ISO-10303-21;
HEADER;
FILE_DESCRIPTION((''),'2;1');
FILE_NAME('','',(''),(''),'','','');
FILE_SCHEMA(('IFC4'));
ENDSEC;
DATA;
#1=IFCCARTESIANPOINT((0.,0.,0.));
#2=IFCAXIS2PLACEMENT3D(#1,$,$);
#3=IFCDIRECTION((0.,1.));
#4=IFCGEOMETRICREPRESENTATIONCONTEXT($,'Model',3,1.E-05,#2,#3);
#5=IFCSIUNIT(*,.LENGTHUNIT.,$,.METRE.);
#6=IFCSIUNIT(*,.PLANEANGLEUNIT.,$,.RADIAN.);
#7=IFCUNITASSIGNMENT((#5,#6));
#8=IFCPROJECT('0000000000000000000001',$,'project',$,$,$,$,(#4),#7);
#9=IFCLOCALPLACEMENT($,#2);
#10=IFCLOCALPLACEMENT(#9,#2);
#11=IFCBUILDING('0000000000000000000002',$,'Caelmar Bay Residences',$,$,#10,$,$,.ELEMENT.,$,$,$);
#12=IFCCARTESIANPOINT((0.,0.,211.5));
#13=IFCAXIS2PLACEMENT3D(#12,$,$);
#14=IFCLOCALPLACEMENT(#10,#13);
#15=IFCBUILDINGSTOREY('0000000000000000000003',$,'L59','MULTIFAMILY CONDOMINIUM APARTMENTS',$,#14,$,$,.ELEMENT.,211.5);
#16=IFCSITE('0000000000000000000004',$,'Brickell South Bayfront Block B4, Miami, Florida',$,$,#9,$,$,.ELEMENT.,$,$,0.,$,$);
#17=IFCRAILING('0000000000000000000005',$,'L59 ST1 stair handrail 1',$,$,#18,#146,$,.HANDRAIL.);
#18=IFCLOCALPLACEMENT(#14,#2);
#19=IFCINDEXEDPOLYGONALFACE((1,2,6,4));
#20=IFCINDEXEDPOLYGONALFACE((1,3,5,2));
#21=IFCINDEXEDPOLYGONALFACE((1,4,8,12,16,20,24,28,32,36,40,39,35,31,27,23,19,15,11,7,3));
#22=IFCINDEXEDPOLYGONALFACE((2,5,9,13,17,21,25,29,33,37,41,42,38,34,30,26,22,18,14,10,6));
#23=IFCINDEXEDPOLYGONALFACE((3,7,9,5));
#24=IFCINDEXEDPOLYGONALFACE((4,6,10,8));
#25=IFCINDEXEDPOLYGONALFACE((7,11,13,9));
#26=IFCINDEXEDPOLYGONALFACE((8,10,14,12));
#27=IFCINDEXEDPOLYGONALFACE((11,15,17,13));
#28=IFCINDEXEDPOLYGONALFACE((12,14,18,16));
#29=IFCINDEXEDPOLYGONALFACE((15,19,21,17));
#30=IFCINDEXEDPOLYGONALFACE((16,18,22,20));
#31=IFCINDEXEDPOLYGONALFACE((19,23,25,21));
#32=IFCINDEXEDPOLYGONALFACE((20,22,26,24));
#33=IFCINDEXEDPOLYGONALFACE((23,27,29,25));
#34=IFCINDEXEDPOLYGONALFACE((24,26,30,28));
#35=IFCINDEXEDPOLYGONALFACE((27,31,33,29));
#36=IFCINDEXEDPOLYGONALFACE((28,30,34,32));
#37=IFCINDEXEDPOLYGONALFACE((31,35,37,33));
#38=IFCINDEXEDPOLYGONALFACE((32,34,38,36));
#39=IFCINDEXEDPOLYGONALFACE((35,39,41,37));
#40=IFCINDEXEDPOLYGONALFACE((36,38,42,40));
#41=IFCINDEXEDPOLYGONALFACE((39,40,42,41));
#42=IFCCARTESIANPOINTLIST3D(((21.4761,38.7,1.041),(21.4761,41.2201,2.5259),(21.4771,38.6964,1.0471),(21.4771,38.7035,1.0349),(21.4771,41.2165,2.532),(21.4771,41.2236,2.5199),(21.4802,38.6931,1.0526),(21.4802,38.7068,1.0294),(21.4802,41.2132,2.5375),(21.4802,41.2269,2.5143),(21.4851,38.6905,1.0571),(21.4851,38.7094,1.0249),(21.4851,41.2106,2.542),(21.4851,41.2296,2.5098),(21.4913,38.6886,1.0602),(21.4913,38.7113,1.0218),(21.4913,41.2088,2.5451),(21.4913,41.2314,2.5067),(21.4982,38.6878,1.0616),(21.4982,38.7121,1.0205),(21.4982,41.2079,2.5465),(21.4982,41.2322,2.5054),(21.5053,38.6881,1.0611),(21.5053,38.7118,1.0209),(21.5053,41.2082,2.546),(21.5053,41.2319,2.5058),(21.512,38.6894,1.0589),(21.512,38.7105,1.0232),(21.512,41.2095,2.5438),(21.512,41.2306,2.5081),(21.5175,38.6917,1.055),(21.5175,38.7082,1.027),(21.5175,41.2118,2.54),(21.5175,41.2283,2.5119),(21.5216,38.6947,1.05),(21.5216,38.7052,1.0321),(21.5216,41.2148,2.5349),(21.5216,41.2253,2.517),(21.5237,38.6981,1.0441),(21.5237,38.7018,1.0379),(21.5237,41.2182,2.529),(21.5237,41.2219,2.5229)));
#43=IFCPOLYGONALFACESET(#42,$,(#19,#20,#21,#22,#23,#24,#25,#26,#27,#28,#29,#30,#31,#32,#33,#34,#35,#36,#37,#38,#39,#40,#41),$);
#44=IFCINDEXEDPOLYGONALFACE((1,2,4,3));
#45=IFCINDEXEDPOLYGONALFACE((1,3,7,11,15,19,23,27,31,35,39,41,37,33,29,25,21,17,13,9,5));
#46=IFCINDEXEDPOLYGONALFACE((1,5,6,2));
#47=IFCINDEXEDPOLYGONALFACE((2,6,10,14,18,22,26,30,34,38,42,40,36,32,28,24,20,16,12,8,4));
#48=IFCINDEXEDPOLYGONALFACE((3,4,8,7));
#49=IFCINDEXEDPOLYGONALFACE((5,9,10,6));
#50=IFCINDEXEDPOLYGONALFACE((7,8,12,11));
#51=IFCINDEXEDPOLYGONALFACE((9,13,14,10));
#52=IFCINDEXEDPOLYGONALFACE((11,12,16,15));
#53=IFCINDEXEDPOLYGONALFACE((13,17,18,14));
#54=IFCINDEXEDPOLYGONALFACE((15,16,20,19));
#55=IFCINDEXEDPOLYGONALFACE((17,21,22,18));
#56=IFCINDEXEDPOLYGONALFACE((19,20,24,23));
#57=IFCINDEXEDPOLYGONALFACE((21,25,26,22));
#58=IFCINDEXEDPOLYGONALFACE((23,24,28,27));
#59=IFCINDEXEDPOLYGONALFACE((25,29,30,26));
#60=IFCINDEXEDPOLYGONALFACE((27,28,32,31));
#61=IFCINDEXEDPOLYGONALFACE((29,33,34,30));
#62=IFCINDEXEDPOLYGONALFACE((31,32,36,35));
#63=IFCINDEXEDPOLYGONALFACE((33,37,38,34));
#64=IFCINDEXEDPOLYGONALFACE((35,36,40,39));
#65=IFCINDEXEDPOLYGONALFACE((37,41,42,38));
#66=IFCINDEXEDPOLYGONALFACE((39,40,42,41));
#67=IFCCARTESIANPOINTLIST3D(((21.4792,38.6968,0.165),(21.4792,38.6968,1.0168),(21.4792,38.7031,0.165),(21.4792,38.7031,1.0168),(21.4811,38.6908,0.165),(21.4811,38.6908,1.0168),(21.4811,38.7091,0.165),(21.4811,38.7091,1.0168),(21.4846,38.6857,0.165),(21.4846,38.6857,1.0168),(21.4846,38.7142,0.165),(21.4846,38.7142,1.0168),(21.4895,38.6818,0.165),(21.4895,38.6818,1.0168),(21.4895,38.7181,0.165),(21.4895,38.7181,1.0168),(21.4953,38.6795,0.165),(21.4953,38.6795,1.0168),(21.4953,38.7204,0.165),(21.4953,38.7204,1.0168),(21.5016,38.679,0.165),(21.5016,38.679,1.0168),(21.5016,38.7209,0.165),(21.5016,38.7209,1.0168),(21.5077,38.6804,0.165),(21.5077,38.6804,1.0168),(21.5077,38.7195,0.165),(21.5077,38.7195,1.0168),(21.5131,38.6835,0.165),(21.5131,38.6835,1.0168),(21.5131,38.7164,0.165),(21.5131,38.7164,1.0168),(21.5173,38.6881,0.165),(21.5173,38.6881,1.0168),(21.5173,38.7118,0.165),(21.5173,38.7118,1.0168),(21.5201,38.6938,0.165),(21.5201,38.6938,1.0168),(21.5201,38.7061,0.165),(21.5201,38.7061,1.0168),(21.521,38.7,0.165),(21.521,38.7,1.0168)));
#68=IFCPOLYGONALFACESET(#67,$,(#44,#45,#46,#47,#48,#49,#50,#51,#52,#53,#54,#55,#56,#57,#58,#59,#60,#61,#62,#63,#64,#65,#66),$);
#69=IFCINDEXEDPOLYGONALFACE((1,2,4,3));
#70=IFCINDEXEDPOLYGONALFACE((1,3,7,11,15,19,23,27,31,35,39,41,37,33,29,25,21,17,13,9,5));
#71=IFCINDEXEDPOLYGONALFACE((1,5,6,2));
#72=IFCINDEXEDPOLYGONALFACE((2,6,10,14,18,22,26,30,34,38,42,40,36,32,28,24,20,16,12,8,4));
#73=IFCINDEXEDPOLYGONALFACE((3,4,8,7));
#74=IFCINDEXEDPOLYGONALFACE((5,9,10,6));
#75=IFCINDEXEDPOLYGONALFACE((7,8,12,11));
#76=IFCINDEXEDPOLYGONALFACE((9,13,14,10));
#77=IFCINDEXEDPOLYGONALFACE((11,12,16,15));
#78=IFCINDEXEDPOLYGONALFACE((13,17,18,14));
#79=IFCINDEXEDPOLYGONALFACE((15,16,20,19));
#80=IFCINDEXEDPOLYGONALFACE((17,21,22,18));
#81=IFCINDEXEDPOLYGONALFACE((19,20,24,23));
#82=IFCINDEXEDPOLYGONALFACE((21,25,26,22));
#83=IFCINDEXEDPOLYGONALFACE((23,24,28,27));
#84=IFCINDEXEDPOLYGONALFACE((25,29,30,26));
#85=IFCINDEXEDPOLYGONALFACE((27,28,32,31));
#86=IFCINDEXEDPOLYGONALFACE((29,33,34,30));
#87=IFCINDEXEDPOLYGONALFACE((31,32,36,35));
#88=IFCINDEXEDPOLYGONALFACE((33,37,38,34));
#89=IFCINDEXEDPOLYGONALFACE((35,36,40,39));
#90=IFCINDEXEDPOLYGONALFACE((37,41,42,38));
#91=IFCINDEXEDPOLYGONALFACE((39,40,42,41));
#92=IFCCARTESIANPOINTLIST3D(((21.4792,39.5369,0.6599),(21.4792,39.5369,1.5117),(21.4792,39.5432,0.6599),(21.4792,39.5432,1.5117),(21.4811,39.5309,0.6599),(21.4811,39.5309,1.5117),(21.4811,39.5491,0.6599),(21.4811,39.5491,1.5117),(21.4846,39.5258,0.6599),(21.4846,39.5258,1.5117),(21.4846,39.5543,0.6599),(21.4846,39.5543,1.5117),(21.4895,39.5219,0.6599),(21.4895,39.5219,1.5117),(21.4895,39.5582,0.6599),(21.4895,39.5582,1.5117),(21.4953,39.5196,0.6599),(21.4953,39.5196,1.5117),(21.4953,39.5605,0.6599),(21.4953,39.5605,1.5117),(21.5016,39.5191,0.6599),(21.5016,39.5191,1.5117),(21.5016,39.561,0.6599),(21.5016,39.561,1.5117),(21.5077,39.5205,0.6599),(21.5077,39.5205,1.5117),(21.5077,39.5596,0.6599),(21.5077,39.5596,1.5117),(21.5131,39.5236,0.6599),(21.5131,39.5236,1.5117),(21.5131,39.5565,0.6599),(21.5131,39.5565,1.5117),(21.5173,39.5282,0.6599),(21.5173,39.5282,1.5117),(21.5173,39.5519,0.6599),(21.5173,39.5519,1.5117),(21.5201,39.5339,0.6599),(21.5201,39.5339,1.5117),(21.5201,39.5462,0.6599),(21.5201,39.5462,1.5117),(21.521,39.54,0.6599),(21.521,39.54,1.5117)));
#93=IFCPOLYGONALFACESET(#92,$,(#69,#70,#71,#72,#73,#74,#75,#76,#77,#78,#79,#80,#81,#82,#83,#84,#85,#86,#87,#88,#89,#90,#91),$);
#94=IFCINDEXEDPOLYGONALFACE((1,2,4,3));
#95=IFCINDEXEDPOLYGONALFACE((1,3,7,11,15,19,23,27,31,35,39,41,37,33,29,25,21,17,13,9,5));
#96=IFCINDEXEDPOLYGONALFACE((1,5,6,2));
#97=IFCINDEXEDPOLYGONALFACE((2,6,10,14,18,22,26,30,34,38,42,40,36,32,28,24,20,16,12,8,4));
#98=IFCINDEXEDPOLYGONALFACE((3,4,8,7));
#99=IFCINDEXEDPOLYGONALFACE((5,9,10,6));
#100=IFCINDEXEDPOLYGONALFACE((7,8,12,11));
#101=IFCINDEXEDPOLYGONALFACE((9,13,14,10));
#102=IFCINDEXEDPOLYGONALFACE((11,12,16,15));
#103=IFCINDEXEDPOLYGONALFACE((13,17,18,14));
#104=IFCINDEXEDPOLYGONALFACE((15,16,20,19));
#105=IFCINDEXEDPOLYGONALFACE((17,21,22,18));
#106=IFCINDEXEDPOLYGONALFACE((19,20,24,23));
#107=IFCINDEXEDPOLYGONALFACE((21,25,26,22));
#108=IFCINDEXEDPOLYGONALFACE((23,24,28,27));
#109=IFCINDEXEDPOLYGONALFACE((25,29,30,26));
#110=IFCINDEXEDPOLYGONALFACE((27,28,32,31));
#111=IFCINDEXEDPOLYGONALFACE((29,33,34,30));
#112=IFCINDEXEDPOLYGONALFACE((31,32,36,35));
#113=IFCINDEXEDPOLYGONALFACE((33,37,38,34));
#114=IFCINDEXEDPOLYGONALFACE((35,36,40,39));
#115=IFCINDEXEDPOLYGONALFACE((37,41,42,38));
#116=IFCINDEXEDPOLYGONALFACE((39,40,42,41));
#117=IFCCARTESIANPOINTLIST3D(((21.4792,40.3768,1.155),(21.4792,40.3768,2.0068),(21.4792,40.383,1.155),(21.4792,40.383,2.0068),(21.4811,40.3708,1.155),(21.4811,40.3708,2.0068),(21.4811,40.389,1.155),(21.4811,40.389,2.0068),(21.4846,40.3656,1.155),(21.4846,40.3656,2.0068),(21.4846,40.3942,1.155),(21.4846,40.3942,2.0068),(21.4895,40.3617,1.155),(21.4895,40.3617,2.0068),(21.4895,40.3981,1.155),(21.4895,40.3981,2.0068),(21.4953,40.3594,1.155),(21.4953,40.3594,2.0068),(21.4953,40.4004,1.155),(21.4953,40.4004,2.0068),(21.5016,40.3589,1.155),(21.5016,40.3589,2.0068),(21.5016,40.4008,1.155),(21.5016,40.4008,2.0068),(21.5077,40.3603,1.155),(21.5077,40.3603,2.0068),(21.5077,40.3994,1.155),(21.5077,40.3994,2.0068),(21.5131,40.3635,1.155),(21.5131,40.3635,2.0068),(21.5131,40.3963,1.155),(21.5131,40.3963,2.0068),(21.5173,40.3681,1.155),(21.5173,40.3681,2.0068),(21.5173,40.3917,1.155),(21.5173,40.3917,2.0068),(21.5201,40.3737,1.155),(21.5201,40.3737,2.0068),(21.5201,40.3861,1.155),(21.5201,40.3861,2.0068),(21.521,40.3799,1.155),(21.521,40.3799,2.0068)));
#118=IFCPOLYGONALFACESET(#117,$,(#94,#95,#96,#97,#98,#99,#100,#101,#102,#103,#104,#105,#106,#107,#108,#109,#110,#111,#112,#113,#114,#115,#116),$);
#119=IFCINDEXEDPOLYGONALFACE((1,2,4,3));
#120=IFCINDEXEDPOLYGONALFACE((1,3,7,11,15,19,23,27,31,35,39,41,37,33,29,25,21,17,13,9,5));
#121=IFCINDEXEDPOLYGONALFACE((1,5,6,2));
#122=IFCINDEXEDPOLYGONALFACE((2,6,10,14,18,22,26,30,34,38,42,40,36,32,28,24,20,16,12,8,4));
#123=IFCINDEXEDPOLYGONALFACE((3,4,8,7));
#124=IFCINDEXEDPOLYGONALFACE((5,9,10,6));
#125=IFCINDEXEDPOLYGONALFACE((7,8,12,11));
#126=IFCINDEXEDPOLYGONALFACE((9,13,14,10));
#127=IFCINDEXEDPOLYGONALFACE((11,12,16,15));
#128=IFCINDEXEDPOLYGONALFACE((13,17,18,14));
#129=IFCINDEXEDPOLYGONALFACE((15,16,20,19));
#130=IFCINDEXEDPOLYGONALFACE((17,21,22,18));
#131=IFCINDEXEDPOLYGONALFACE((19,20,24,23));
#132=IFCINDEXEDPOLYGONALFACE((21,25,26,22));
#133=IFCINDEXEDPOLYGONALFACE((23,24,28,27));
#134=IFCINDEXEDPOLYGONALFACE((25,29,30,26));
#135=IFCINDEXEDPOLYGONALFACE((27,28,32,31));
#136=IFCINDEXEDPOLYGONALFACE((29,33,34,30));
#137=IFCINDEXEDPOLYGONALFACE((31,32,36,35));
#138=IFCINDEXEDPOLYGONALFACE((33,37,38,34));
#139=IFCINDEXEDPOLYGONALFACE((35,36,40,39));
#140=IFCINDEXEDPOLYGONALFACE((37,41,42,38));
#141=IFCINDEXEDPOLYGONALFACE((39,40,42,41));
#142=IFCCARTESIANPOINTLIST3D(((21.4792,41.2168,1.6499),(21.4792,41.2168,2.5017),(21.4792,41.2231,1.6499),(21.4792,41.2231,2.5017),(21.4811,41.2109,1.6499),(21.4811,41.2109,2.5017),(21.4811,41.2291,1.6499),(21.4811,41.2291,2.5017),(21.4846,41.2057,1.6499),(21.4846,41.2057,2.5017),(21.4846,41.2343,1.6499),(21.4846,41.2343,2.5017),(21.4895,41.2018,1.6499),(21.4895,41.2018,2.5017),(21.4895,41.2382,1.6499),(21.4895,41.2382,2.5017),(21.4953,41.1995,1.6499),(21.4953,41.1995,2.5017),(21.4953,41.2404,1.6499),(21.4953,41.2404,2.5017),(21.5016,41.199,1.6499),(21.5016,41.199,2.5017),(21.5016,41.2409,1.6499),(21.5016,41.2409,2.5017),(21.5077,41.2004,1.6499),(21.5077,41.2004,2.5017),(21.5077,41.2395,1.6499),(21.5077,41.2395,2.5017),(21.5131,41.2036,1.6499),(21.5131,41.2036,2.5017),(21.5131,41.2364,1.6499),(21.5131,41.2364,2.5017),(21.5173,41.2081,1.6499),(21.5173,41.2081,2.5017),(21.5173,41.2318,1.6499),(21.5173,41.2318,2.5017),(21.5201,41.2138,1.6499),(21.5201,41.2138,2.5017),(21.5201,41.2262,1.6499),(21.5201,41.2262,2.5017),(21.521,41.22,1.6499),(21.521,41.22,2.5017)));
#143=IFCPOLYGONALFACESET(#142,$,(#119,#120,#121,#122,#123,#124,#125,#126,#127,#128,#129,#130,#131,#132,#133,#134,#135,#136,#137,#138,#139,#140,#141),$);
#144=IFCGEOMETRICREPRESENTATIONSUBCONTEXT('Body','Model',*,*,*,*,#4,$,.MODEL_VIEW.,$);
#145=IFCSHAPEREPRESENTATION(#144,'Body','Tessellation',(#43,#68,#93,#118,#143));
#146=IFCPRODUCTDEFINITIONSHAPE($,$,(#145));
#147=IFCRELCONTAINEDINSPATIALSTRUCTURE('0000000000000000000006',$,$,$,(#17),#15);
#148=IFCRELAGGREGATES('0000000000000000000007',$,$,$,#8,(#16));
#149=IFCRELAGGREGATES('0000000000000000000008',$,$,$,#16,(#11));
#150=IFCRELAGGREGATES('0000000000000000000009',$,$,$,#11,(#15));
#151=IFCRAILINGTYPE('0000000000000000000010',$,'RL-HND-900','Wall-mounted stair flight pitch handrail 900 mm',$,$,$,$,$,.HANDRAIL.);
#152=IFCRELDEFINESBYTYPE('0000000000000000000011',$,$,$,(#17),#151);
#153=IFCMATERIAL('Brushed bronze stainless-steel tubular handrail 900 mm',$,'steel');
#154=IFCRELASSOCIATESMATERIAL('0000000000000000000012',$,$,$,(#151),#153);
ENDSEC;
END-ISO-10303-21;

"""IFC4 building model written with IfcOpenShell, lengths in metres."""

from ifc_helpers import new_model, si_unit, direction, frame, origin, origin_2d, place, context, subcontext, project, spatial, circle, extrude, material, type_object, element, save


model = new_model("IFC4")

# Units and contexts
model_context = context("Model", 3, precision=1e-05, world=origin(), true_north=direction((0.0, 1.0)))
body_context = subcontext(model_context, "Body", "Model", "MODEL_VIEW")
ifc_project = project(units=[si_unit("LENGTHUNIT", "METRE"), si_unit("PLANEANGLEUNIT", "RADIAN")], contexts=[model_context])

# Site, building, storey
site_placement = place(None, origin())
site = spatial("IfcSite", under=ifc_project, at=site_placement, Name="Brickell South Bayfront Block B4, Miami, Florida", CompositionType="ELEMENT", RefElevation=0.0)
building_placement = place(site_placement, origin())
building = spatial("IfcBuilding", under=site, at=building_placement, Name="Caelmar Bay Residences", CompositionType="ELEMENT")
storey_placement = place(building_placement, frame((0.0, 0.0, 211.5)))
storey = spatial("IfcBuildingStorey", under=building, at=storey_placement, Name="L59", Description="MULTIFAMILY CONDOMINIUM APARTMENTS", CompositionType="ELEMENT", Elevation=211.5)

# Railing
ifc_material_1 = material(Name="Brushed bronze stainless-steel tubular handrail 900 mm", Category="steel")
railing_type_1 = type_object("IfcRailingType", Name="RL-HND-900", Description="Wall-mounted stair flight pitch handrail 900 mm", PredefinedType="HANDRAIL", material=ifc_material_1)
railing_1_placement = place(storey_placement, frame((21.5, 38.7, 0.165)))
element("IfcRailing", 1, at=railing_1_placement, inside=storey, type_object=railing_type_1, Name="L59 ST1 stair handrail 1", PredefinedType="HANDRAIL", context=body_context, shape_type="SweptSolid", body=[
    extrude(circle(Radius=0.0239, at=origin_2d()), frame((0.0, 0.0, 0.876), z_axis=(0.0, 0.861561, 0.507655), x_axis=(-1.0, 0.0, 0.0)), (0.0, 0.0, 1.0), 2.925),
    extrude(circle(Radius=0.021, at=origin_2d()), origin(), (0.0, 0.0, 1.0), 0.8518),
    extrude(circle(Radius=0.021, at=origin_2d()), frame((0.0, 0.8401, 0.4949)), (0.0, 0.0, 1.0), 0.8518),
    extrude(circle(Radius=0.021, at=origin_2d()), frame((0.0, 1.6799, 0.99)), (0.0, 0.0, 1.0), 0.8518),
    extrude(circle(Radius=0.021, at=origin_2d()), frame((0.0, 2.52, 1.4849)), (0.0, 0.0, 1.0), 0.8518),
])

save(model, "model.ifc")
